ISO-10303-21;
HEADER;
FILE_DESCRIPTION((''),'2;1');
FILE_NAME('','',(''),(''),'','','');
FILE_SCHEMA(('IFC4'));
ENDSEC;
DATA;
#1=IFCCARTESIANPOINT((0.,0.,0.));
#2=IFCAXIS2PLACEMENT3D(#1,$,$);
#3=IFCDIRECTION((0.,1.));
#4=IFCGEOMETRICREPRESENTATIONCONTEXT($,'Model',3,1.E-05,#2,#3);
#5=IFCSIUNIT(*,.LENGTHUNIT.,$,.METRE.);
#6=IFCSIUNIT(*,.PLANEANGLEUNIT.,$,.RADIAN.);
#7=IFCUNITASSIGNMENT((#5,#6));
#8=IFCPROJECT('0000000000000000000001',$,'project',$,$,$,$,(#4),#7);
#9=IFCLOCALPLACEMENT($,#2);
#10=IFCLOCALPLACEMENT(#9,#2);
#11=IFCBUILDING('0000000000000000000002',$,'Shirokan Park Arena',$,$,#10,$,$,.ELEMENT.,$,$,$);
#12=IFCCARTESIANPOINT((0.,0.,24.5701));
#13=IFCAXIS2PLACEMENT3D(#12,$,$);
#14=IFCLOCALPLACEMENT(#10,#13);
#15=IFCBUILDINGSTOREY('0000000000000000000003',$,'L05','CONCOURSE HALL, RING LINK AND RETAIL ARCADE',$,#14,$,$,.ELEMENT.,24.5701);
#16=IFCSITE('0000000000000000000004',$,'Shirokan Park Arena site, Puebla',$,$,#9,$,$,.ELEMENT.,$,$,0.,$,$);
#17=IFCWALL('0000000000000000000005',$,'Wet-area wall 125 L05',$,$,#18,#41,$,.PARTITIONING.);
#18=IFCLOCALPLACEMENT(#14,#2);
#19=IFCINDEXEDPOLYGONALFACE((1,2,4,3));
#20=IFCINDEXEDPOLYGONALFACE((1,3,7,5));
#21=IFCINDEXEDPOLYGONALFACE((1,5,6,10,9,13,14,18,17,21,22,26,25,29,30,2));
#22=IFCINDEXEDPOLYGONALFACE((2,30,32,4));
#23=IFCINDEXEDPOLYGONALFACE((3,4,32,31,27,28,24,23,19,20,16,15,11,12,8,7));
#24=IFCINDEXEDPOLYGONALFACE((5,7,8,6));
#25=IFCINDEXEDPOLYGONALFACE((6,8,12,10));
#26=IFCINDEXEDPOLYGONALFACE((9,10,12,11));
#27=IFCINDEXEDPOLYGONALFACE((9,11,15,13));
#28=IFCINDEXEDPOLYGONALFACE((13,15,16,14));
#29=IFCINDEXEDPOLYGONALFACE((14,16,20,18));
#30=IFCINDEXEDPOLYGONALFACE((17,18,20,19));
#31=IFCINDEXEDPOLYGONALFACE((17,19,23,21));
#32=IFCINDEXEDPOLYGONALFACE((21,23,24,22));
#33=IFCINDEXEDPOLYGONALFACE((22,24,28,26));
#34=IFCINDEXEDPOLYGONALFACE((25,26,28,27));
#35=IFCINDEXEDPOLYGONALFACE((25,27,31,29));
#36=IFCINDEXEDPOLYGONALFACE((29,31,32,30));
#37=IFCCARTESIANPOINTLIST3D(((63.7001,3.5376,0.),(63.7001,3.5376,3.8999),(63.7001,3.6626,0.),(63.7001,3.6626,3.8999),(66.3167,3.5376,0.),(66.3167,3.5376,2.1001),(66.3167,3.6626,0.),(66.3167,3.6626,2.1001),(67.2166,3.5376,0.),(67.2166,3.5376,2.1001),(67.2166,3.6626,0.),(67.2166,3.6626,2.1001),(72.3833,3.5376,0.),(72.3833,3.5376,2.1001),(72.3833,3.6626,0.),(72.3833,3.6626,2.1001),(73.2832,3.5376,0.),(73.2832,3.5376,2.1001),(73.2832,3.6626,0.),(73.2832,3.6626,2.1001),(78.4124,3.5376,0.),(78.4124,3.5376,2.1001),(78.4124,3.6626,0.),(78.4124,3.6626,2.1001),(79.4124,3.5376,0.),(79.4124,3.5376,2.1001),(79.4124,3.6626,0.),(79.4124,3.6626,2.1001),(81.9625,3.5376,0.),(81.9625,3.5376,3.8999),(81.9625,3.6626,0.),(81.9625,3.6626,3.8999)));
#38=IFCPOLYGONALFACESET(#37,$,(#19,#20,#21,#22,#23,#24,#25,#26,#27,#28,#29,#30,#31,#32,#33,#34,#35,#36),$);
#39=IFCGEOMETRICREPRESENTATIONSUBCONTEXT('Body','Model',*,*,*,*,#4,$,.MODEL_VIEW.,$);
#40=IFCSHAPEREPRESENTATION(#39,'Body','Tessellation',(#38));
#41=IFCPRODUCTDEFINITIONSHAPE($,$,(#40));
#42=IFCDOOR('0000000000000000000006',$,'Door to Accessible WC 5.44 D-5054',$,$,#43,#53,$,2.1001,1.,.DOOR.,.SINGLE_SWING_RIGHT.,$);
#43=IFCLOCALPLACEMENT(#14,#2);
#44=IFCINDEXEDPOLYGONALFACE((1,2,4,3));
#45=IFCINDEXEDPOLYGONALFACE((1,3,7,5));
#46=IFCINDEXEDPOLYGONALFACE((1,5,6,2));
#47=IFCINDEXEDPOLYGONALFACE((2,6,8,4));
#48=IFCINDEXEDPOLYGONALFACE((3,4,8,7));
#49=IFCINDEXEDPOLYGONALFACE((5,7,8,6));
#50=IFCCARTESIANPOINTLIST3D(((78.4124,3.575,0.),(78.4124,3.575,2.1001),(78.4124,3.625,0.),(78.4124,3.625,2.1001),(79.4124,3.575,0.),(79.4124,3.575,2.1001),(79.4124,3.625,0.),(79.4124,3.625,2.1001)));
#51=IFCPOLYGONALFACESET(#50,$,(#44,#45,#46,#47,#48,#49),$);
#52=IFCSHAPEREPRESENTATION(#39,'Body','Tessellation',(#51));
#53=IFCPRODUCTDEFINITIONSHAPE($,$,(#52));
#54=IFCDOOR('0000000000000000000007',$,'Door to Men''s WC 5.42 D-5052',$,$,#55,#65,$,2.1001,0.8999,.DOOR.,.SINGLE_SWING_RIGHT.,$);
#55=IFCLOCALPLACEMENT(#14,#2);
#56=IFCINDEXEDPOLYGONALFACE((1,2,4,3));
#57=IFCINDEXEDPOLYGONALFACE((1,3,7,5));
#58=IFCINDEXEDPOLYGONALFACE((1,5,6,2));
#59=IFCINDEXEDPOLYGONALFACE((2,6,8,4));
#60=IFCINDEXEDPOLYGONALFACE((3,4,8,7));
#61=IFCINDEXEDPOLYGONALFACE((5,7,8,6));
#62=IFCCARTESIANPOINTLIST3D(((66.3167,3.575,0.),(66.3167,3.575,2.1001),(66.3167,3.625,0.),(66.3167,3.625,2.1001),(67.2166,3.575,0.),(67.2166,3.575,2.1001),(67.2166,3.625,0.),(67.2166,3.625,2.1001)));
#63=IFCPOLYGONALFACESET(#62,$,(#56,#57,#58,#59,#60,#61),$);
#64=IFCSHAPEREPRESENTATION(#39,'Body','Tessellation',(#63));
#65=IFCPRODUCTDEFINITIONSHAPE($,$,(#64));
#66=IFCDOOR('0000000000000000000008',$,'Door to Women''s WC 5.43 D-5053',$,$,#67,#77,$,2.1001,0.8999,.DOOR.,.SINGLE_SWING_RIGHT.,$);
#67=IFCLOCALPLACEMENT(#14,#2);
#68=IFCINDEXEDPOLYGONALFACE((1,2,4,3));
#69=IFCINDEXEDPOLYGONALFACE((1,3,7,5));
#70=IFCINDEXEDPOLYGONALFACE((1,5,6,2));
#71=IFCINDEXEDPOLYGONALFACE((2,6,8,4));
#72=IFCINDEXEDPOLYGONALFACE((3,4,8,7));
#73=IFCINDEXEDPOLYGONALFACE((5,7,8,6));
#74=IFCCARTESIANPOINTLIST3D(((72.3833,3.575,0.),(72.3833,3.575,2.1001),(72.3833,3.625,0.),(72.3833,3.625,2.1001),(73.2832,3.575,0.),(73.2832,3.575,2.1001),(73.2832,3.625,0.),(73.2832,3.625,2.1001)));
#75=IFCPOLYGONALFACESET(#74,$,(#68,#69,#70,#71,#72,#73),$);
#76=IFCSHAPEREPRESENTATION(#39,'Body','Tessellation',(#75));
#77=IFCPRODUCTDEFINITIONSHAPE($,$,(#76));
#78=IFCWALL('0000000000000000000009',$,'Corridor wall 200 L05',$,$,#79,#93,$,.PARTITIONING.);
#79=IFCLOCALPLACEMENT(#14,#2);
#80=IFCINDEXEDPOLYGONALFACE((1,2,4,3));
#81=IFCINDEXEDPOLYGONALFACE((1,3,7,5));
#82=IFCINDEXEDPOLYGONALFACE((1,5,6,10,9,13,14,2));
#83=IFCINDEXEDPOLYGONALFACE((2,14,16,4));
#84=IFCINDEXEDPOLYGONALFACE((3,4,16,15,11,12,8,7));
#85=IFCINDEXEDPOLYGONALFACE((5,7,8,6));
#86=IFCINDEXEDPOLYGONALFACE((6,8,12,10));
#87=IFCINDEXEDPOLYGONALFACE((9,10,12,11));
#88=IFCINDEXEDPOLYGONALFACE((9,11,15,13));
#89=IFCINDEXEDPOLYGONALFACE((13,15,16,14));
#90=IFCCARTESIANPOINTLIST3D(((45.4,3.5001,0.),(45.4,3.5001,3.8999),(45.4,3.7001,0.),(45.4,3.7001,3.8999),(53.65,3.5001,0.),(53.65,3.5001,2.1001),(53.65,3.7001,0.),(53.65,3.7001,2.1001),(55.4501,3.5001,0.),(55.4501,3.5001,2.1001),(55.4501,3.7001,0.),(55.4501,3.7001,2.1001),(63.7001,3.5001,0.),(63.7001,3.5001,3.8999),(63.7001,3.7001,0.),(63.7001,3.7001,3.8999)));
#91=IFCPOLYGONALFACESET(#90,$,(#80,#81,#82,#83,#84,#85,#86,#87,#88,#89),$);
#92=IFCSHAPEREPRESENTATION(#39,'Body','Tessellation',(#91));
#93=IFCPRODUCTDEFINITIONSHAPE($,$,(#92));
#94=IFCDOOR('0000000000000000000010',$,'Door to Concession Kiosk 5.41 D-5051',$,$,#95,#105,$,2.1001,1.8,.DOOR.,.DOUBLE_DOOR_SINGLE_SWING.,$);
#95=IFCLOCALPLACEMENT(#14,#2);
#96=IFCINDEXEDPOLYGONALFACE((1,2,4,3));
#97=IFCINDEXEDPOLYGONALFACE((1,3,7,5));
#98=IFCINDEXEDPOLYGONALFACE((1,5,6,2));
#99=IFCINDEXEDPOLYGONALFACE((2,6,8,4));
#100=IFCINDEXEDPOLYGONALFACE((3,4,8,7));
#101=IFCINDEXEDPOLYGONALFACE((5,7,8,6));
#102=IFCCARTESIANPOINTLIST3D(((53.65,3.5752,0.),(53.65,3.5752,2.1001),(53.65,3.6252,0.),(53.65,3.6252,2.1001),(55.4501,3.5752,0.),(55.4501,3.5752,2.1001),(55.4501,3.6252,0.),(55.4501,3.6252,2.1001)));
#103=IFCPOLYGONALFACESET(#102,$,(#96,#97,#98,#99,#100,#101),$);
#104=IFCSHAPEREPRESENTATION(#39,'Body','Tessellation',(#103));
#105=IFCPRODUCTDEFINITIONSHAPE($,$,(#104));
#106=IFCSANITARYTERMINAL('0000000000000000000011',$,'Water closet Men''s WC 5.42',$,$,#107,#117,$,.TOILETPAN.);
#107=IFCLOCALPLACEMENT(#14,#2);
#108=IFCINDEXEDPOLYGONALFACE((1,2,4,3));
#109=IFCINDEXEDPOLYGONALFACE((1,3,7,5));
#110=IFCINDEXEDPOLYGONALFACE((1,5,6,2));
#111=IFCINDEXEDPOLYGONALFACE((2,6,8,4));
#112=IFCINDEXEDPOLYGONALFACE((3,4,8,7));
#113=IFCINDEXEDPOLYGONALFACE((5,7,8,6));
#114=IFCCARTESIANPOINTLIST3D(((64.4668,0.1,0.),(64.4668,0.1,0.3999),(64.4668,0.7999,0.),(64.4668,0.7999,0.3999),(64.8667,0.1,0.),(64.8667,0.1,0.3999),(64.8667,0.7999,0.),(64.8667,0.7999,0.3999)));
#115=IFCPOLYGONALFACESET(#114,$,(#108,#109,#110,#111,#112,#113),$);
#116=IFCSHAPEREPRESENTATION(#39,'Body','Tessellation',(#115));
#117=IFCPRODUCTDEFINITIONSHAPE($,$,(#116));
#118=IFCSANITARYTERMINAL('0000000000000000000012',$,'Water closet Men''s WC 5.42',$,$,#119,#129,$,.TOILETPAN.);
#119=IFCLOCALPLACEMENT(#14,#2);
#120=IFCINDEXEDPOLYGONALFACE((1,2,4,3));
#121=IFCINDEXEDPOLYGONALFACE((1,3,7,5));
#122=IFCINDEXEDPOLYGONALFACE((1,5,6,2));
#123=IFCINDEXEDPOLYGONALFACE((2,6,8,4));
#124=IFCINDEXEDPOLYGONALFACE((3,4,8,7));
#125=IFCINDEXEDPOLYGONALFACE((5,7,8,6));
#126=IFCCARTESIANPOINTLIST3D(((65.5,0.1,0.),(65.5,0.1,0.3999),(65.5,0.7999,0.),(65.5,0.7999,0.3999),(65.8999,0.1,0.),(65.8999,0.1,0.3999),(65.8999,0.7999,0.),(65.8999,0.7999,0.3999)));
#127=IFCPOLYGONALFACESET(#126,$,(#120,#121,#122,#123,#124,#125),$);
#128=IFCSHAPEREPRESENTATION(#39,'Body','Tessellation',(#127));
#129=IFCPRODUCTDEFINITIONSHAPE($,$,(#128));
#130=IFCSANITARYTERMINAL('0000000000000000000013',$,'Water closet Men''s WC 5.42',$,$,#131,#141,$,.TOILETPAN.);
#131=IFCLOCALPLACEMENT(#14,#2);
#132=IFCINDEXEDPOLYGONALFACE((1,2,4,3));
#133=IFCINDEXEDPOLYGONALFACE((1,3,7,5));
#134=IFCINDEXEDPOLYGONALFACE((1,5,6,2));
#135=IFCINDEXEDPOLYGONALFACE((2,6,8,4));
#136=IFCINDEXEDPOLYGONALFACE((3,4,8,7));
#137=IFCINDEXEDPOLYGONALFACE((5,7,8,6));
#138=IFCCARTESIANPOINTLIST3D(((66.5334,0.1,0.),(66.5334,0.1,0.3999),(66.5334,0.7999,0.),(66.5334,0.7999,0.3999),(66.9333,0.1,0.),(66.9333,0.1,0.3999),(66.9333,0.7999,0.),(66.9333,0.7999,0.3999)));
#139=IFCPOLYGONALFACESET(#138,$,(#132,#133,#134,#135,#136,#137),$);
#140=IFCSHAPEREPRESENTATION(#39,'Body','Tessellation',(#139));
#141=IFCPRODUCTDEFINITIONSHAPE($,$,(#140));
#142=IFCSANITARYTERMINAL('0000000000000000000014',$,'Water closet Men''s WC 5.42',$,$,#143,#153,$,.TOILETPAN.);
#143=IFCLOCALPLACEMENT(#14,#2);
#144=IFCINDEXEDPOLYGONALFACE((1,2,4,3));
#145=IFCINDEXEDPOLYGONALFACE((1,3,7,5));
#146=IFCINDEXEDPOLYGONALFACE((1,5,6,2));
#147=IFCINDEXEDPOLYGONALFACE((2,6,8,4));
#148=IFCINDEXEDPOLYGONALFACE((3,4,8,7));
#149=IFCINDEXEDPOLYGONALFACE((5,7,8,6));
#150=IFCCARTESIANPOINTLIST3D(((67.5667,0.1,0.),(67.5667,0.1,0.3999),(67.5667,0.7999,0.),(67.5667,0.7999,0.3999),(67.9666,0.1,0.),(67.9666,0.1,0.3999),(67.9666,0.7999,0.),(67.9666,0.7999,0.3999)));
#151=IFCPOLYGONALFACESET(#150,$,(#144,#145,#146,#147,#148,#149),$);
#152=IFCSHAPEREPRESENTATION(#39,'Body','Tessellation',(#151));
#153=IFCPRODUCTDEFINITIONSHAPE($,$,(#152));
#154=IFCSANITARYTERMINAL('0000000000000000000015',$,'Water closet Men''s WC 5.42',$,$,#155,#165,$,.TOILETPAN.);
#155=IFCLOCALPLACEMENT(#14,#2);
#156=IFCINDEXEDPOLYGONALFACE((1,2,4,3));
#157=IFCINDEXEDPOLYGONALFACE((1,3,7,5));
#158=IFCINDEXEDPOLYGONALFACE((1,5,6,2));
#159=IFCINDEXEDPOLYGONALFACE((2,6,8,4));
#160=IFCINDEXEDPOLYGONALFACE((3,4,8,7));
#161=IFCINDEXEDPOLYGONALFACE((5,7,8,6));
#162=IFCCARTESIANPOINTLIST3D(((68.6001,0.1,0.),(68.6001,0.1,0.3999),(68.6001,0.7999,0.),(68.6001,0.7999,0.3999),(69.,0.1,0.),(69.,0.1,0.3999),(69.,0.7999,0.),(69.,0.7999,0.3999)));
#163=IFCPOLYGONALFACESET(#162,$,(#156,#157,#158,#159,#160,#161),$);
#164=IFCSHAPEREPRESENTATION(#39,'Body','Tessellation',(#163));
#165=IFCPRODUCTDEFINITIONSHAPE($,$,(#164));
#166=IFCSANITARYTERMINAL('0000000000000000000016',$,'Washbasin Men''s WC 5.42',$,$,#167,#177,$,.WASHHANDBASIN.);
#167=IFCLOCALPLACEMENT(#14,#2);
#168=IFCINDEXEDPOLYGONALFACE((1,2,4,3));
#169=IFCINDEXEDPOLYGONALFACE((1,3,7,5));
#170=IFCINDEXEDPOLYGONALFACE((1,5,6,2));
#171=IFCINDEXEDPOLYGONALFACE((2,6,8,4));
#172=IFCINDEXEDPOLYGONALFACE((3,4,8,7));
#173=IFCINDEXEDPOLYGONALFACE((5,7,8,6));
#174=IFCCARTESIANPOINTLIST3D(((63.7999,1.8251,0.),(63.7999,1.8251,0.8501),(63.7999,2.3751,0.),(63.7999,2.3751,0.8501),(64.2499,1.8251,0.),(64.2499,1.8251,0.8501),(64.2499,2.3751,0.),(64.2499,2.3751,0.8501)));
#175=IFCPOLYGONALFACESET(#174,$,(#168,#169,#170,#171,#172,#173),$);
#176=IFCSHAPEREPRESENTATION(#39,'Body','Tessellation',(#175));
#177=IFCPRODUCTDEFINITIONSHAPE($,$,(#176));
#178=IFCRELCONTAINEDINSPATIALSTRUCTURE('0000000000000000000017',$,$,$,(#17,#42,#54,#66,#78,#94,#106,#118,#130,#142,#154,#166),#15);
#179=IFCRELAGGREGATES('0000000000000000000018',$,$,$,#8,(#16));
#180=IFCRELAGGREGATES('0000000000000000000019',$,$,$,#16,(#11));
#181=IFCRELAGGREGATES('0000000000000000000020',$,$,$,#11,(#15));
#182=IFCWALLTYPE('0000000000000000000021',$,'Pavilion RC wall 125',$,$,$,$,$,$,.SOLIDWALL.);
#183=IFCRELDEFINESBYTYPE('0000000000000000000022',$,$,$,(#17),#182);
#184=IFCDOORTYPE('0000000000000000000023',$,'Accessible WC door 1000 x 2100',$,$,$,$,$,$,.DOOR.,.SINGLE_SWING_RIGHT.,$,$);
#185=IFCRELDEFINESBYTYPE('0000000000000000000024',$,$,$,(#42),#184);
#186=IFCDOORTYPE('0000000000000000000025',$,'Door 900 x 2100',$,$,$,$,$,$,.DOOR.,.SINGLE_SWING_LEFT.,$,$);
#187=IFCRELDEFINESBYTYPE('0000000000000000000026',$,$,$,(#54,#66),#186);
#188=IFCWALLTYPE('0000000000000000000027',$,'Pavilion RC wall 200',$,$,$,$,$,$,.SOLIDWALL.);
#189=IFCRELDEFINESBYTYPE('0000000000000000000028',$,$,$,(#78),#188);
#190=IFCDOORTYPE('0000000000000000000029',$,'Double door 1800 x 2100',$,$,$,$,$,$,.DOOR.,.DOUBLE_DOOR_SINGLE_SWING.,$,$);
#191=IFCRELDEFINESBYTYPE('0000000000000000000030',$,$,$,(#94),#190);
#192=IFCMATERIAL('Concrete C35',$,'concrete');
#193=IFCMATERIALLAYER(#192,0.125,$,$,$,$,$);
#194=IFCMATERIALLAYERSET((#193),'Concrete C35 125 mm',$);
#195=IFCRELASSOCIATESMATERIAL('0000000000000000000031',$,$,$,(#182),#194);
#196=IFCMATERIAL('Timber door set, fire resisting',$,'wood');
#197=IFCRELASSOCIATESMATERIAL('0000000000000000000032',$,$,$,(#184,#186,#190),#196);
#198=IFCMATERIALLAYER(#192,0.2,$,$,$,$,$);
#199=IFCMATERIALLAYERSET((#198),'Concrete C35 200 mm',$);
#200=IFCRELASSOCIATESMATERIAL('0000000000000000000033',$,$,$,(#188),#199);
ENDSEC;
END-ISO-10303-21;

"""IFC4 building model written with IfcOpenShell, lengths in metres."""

from ifc_helpers import new_model, si_unit, direction, frame, frame_2d, origin, origin_2d, place, context, subcontext, project, spatial, rectangle, extrude, material, layer, layer_set, type_object, element, fill, save


model = new_model("IFC4")

# Units and contexts
model_context = context("Model", 3, precision=1e-05, world=origin(), true_north=direction((0.0, 1.0)))
body_context = subcontext(model_context, "Body", "Model", "MODEL_VIEW")
ifc_project = project(units=[si_unit("LENGTHUNIT", "METRE"), si_unit("PLANEANGLEUNIT", "RADIAN")], contexts=[model_context])

# Site, building, storey
site_placement = place(None, origin())
site = spatial("IfcSite", under=ifc_project, at=site_placement, Name="Shirokan Park Arena site, Puebla", CompositionType="ELEMENT", RefElevation=0.0)
building_placement = place(site_placement, origin())
building = spatial("IfcBuilding", under=site, at=building_placement, Name="Shirokan Park Arena", CompositionType="ELEMENT")
storey_placement = place(building_placement, frame((0.0, 0.0, 24.5701)))
storey = spatial("IfcBuildingStorey", under=building, at=storey_placement, Name="L05", Description="CONCOURSE HALL, RING LINK AND RETAIL ARCADE", CompositionType="ELEMENT", Elevation=24.5701)

# Shared definitions
ifc_material_1 = material(Name="Concrete C35", Category="concrete")

# Shared definitions
ifc_layer_1 = layer(ifc_material_1, 0.125)
ifc_layer_set_1 = layer_set([ifc_layer_1], Name="Concrete C35 125 mm")
wall_type_1 = type_object("IfcWallType", Name="Pavilion RC wall 125", PredefinedType="SOLIDWALL", material=ifc_layer_set_1)

# Wall, openings, doors
wall_1_placement = place(storey_placement, frame((63.7, 3.6001, 0.0), z_axis=(0.0, 0.0, 1.0), x_axis=(1.0, 0.0, 0.0)))
wall_1 = element("IfcWall", 1, at=wall_1_placement, inside=storey, type_object=wall_type_1, Name="Wet-area wall 125 L05", PredefinedType="PARTITIONING", context=body_context, shape_type="SweptSolid", body=[
    extrude(rectangle(XDim=18.2625, YDim=0.125, at=frame_2d((9.1313, 0.0))), origin(), (0.0, 0.0, 1.0), 3.8999),
])
opening_1_placement = place(wall_1_placement, frame((2.6167, 0.0, 0.0)))
opening_1 = element("IfcOpeningElement", 2, at=opening_1_placement, cuts=wall_1, PredefinedType="OPENING", context=body_context, shape_type="SweptSolid", body=[
    extrude(rectangle(XDim=0.8999, YDim=2.1001, at=frame_2d((0.45, 1.05))), frame((0.0, 0.0725, 0.0), z_axis=(0.0, -1.0, 0.0), x_axis=(1.0, 0.0, 0.0)), (0.0, 0.0, 1.0), 0.145),
])
opening_2_placement = place(wall_1_placement, frame((8.6833, 0.0, 0.0)))
opening_2 = element("IfcOpeningElement", 3, at=opening_2_placement, cuts=wall_1, PredefinedType="OPENING", context=body_context, shape_type="SweptSolid", body=[
    extrude(rectangle(XDim=0.8999, YDim=2.1001, at=frame_2d((0.45, 1.05))), frame((0.0, 0.0725, 0.0), z_axis=(0.0, -1.0, 0.0), x_axis=(1.0, 0.0, 0.0)), (0.0, 0.0, 1.0), 0.145),
])
opening_3_placement = place(wall_1_placement, frame((14.7124, 0.0, 0.0)))
opening_3 = element("IfcOpeningElement", 4, at=opening_3_placement, cuts=wall_1, PredefinedType="OPENING", context=body_context, shape_type="SweptSolid", body=[
    extrude(rectangle(XDim=1.0, YDim=2.1001, at=frame_2d((0.5, 1.05))), frame((0.0, 0.0725, 0.0), z_axis=(0.0, -1.0, 0.0), x_axis=(1.0, 0.0, 0.0)), (0.0, 0.0, 1.0), 0.145),
])
ifc_material_2 = material(Name="Timber door set, fire resisting", Category="wood")
door_type_1 = type_object("IfcDoorType", Name="Accessible WC door 1000 x 2100", OperationType="SINGLE_SWING_RIGHT", PredefinedType="DOOR", material=ifc_material_2)
door_1_placement = place(opening_3_placement, origin())
door_1 = element("IfcDoor", 5, at=door_1_placement, inside=storey, type_object=door_type_1, Name="Door to Accessible WC 5.44 D-5054", OperationType="SINGLE_SWING_RIGHT", OverallHeight=2.1001, OverallWidth=1.0, PredefinedType="DOOR", context=body_context, shape_type="SweptSolid", body=[
    extrude(rectangle(XDim=1.0, YDim=2.1001, at=frame_2d((0.5, 1.05))), frame((0.0, 0.0249, 0.0), z_axis=(0.0, -1.0, 0.0), x_axis=(1.0, 0.0, 0.0)), (0.0, 0.0, 1.0), 0.05),
])
fill(opening_3, door_1)
door_type_2 = type_object("IfcDoorType", Name="Door 900 x 2100", OperationType="SINGLE_SWING_LEFT", PredefinedType="DOOR", material=ifc_material_2)
door_2_placement = place(opening_1_placement, origin())
door_2 = element("IfcDoor", 6, at=door_2_placement, inside=storey, type_object=door_type_2, Name="Door to Men's WC 5.42 D-5052", OperationType="SINGLE_SWING_RIGHT", OverallHeight=2.1001, OverallWidth=0.8999, PredefinedType="DOOR", context=body_context, shape_type="SweptSolid", body=[
    extrude(rectangle(XDim=0.8999, YDim=2.1001, at=frame_2d((0.45, 1.05))), frame((0.0, 0.0249, 0.0), z_axis=(0.0, -1.0, 0.0), x_axis=(1.0, 0.0, 0.0)), (0.0, 0.0, 1.0), 0.05),
])
fill(opening_1, door_2)
door_3_placement = place(opening_2_placement, origin())
door_3 = element("IfcDoor", 7, at=door_3_placement, inside=storey, type_object=door_type_2, Name="Door to Women's WC 5.43 D-5053", OperationType="SINGLE_SWING_RIGHT", OverallHeight=2.1001, OverallWidth=0.8999, PredefinedType="DOOR", context=body_context, shape_type="SweptSolid", body=[
    extrude(rectangle(XDim=0.8999, YDim=2.1001, at=frame_2d((0.45, 1.05))), frame((0.0, 0.0249, 0.0), z_axis=(0.0, -1.0, 0.0), x_axis=(1.0, 0.0, 0.0)), (0.0, 0.0, 1.0), 0.05),
])
fill(opening_2, door_3)

# Wall, opening, door
ifc_layer_2 = layer(ifc_material_1, 0.2)
ifc_layer_set_2 = layer_set([ifc_layer_2], Name="Concrete C35 200 mm")
wall_type_2 = type_object("IfcWallType", Name="Pavilion RC wall 200", PredefinedType="SOLIDWALL", material=ifc_layer_set_2)
wall_2_placement = place(storey_placement, frame((63.7, 3.6001, 0.0), z_axis=(0.0, 0.0, 1.0), x_axis=(-1.0, 0.0, 0.0)))
wall_2 = element("IfcWall", 8, at=wall_2_placement, inside=storey, type_object=wall_type_2, Name="Corridor wall 200 L05", PredefinedType="PARTITIONING", context=body_context, shape_type="SweptSolid", body=[
    extrude(rectangle(XDim=18.3, YDim=0.2, at=frame_2d((9.1499, 0.0))), origin(), (0.0, 0.0, 1.0), 3.8999),
])
opening_4_placement = place(wall_2_placement, frame((8.25, 0.0, 0.0)))
opening_4 = element("IfcOpeningElement", 9, at=opening_4_placement, cuts=wall_2, PredefinedType="OPENING", context=body_context, shape_type="SweptSolid", body=[
    extrude(rectangle(XDim=1.8, YDim=2.1001, at=frame_2d((0.8999, 1.05))), frame((0.0, 0.1099, 0.0), z_axis=(0.0, -1.0, 0.0), x_axis=(1.0, 0.0, 0.0)), (0.0, 0.0, 1.0), 0.22),
])
door_type_3 = type_object("IfcDoorType", Name="Double door 1800 x 2100", OperationType="DOUBLE_DOOR_SINGLE_SWING", PredefinedType="DOOR", material=ifc_material_2)
door_4_placement = place(opening_4_placement, origin())
door_4 = element("IfcDoor", 10, at=door_4_placement, inside=storey, type_object=door_type_3, Name="Door to Concession Kiosk 5.41 D-5051", OperationType="DOUBLE_DOOR_SINGLE_SWING", OverallHeight=2.1001, OverallWidth=1.8, PredefinedType="DOOR", context=body_context, shape_type="SweptSolid", body=[
    extrude(rectangle(XDim=1.8, YDim=2.1001, at=frame_2d((0.8999, 1.05))), frame((0.0, 0.0249, 0.0), z_axis=(0.0, -1.0, 0.0), x_axis=(1.0, 0.0, 0.0)), (0.0, 0.0, 1.0), 0.05),
])
fill(opening_4, door_4)

# Sanitary terminals
for number, where, z_axis, x_axis, name in (
    (11, (64.6667, 0.45, 0.0), (0.0, 0.0, 1.0), (1.0, 0.0, 0.0), "Water closet Men's WC 5.42"),
    (12, (65.7, 0.45, 0.0), (0.0, 0.0, 1.0), (1.0, 0.0, 0.0), "Water closet Men's WC 5.42"),
    (13, (66.7334, 0.45, 0.0), (0.0, 0.0, 1.0), (1.0, 0.0, 0.0), "Water closet Men's WC 5.42"),
    (14, (67.7666, 0.45, 0.0), (0.0, 0.0, 1.0), (1.0, 0.0, 0.0), "Water closet Men's WC 5.42"),
    (15, (68.8, 0.45, 0.0), (0.0, 0.0, 1.0), (1.0, 0.0, 0.0), "Water closet Men's WC 5.42"),
):
    element("IfcSanitaryTerminal", number, at=place(storey_placement, frame(where, z_axis=z_axis, x_axis=x_axis)), inside=storey, Name=name, PredefinedType="TOILETPAN", context=body_context, shape_type="SweptSolid", body=[
        extrude(rectangle(XDim=0.3999, YDim=0.7, at=origin_2d()), origin(), (0.0, 0.0, 1.0), 0.3999),
    ])
sanitary_terminal_placement = place(storey_placement, frame((64.0249, 2.1001, 0.0), z_axis=(0.0, 0.0, 1.0), x_axis=(1.0, 0.0, 0.0)))
element("IfcSanitaryTerminal", 16, at=sanitary_terminal_placement, inside=storey, Name="Washbasin Men's WC 5.42", PredefinedType="WASHHANDBASIN", context=body_context, shape_type="SweptSolid", body=[
    extrude(rectangle(XDim=0.45, YDim=0.55, at=origin_2d()), origin(), (0.0, 0.0, 1.0), 0.8501),
])

save(model, "model.ifc")
